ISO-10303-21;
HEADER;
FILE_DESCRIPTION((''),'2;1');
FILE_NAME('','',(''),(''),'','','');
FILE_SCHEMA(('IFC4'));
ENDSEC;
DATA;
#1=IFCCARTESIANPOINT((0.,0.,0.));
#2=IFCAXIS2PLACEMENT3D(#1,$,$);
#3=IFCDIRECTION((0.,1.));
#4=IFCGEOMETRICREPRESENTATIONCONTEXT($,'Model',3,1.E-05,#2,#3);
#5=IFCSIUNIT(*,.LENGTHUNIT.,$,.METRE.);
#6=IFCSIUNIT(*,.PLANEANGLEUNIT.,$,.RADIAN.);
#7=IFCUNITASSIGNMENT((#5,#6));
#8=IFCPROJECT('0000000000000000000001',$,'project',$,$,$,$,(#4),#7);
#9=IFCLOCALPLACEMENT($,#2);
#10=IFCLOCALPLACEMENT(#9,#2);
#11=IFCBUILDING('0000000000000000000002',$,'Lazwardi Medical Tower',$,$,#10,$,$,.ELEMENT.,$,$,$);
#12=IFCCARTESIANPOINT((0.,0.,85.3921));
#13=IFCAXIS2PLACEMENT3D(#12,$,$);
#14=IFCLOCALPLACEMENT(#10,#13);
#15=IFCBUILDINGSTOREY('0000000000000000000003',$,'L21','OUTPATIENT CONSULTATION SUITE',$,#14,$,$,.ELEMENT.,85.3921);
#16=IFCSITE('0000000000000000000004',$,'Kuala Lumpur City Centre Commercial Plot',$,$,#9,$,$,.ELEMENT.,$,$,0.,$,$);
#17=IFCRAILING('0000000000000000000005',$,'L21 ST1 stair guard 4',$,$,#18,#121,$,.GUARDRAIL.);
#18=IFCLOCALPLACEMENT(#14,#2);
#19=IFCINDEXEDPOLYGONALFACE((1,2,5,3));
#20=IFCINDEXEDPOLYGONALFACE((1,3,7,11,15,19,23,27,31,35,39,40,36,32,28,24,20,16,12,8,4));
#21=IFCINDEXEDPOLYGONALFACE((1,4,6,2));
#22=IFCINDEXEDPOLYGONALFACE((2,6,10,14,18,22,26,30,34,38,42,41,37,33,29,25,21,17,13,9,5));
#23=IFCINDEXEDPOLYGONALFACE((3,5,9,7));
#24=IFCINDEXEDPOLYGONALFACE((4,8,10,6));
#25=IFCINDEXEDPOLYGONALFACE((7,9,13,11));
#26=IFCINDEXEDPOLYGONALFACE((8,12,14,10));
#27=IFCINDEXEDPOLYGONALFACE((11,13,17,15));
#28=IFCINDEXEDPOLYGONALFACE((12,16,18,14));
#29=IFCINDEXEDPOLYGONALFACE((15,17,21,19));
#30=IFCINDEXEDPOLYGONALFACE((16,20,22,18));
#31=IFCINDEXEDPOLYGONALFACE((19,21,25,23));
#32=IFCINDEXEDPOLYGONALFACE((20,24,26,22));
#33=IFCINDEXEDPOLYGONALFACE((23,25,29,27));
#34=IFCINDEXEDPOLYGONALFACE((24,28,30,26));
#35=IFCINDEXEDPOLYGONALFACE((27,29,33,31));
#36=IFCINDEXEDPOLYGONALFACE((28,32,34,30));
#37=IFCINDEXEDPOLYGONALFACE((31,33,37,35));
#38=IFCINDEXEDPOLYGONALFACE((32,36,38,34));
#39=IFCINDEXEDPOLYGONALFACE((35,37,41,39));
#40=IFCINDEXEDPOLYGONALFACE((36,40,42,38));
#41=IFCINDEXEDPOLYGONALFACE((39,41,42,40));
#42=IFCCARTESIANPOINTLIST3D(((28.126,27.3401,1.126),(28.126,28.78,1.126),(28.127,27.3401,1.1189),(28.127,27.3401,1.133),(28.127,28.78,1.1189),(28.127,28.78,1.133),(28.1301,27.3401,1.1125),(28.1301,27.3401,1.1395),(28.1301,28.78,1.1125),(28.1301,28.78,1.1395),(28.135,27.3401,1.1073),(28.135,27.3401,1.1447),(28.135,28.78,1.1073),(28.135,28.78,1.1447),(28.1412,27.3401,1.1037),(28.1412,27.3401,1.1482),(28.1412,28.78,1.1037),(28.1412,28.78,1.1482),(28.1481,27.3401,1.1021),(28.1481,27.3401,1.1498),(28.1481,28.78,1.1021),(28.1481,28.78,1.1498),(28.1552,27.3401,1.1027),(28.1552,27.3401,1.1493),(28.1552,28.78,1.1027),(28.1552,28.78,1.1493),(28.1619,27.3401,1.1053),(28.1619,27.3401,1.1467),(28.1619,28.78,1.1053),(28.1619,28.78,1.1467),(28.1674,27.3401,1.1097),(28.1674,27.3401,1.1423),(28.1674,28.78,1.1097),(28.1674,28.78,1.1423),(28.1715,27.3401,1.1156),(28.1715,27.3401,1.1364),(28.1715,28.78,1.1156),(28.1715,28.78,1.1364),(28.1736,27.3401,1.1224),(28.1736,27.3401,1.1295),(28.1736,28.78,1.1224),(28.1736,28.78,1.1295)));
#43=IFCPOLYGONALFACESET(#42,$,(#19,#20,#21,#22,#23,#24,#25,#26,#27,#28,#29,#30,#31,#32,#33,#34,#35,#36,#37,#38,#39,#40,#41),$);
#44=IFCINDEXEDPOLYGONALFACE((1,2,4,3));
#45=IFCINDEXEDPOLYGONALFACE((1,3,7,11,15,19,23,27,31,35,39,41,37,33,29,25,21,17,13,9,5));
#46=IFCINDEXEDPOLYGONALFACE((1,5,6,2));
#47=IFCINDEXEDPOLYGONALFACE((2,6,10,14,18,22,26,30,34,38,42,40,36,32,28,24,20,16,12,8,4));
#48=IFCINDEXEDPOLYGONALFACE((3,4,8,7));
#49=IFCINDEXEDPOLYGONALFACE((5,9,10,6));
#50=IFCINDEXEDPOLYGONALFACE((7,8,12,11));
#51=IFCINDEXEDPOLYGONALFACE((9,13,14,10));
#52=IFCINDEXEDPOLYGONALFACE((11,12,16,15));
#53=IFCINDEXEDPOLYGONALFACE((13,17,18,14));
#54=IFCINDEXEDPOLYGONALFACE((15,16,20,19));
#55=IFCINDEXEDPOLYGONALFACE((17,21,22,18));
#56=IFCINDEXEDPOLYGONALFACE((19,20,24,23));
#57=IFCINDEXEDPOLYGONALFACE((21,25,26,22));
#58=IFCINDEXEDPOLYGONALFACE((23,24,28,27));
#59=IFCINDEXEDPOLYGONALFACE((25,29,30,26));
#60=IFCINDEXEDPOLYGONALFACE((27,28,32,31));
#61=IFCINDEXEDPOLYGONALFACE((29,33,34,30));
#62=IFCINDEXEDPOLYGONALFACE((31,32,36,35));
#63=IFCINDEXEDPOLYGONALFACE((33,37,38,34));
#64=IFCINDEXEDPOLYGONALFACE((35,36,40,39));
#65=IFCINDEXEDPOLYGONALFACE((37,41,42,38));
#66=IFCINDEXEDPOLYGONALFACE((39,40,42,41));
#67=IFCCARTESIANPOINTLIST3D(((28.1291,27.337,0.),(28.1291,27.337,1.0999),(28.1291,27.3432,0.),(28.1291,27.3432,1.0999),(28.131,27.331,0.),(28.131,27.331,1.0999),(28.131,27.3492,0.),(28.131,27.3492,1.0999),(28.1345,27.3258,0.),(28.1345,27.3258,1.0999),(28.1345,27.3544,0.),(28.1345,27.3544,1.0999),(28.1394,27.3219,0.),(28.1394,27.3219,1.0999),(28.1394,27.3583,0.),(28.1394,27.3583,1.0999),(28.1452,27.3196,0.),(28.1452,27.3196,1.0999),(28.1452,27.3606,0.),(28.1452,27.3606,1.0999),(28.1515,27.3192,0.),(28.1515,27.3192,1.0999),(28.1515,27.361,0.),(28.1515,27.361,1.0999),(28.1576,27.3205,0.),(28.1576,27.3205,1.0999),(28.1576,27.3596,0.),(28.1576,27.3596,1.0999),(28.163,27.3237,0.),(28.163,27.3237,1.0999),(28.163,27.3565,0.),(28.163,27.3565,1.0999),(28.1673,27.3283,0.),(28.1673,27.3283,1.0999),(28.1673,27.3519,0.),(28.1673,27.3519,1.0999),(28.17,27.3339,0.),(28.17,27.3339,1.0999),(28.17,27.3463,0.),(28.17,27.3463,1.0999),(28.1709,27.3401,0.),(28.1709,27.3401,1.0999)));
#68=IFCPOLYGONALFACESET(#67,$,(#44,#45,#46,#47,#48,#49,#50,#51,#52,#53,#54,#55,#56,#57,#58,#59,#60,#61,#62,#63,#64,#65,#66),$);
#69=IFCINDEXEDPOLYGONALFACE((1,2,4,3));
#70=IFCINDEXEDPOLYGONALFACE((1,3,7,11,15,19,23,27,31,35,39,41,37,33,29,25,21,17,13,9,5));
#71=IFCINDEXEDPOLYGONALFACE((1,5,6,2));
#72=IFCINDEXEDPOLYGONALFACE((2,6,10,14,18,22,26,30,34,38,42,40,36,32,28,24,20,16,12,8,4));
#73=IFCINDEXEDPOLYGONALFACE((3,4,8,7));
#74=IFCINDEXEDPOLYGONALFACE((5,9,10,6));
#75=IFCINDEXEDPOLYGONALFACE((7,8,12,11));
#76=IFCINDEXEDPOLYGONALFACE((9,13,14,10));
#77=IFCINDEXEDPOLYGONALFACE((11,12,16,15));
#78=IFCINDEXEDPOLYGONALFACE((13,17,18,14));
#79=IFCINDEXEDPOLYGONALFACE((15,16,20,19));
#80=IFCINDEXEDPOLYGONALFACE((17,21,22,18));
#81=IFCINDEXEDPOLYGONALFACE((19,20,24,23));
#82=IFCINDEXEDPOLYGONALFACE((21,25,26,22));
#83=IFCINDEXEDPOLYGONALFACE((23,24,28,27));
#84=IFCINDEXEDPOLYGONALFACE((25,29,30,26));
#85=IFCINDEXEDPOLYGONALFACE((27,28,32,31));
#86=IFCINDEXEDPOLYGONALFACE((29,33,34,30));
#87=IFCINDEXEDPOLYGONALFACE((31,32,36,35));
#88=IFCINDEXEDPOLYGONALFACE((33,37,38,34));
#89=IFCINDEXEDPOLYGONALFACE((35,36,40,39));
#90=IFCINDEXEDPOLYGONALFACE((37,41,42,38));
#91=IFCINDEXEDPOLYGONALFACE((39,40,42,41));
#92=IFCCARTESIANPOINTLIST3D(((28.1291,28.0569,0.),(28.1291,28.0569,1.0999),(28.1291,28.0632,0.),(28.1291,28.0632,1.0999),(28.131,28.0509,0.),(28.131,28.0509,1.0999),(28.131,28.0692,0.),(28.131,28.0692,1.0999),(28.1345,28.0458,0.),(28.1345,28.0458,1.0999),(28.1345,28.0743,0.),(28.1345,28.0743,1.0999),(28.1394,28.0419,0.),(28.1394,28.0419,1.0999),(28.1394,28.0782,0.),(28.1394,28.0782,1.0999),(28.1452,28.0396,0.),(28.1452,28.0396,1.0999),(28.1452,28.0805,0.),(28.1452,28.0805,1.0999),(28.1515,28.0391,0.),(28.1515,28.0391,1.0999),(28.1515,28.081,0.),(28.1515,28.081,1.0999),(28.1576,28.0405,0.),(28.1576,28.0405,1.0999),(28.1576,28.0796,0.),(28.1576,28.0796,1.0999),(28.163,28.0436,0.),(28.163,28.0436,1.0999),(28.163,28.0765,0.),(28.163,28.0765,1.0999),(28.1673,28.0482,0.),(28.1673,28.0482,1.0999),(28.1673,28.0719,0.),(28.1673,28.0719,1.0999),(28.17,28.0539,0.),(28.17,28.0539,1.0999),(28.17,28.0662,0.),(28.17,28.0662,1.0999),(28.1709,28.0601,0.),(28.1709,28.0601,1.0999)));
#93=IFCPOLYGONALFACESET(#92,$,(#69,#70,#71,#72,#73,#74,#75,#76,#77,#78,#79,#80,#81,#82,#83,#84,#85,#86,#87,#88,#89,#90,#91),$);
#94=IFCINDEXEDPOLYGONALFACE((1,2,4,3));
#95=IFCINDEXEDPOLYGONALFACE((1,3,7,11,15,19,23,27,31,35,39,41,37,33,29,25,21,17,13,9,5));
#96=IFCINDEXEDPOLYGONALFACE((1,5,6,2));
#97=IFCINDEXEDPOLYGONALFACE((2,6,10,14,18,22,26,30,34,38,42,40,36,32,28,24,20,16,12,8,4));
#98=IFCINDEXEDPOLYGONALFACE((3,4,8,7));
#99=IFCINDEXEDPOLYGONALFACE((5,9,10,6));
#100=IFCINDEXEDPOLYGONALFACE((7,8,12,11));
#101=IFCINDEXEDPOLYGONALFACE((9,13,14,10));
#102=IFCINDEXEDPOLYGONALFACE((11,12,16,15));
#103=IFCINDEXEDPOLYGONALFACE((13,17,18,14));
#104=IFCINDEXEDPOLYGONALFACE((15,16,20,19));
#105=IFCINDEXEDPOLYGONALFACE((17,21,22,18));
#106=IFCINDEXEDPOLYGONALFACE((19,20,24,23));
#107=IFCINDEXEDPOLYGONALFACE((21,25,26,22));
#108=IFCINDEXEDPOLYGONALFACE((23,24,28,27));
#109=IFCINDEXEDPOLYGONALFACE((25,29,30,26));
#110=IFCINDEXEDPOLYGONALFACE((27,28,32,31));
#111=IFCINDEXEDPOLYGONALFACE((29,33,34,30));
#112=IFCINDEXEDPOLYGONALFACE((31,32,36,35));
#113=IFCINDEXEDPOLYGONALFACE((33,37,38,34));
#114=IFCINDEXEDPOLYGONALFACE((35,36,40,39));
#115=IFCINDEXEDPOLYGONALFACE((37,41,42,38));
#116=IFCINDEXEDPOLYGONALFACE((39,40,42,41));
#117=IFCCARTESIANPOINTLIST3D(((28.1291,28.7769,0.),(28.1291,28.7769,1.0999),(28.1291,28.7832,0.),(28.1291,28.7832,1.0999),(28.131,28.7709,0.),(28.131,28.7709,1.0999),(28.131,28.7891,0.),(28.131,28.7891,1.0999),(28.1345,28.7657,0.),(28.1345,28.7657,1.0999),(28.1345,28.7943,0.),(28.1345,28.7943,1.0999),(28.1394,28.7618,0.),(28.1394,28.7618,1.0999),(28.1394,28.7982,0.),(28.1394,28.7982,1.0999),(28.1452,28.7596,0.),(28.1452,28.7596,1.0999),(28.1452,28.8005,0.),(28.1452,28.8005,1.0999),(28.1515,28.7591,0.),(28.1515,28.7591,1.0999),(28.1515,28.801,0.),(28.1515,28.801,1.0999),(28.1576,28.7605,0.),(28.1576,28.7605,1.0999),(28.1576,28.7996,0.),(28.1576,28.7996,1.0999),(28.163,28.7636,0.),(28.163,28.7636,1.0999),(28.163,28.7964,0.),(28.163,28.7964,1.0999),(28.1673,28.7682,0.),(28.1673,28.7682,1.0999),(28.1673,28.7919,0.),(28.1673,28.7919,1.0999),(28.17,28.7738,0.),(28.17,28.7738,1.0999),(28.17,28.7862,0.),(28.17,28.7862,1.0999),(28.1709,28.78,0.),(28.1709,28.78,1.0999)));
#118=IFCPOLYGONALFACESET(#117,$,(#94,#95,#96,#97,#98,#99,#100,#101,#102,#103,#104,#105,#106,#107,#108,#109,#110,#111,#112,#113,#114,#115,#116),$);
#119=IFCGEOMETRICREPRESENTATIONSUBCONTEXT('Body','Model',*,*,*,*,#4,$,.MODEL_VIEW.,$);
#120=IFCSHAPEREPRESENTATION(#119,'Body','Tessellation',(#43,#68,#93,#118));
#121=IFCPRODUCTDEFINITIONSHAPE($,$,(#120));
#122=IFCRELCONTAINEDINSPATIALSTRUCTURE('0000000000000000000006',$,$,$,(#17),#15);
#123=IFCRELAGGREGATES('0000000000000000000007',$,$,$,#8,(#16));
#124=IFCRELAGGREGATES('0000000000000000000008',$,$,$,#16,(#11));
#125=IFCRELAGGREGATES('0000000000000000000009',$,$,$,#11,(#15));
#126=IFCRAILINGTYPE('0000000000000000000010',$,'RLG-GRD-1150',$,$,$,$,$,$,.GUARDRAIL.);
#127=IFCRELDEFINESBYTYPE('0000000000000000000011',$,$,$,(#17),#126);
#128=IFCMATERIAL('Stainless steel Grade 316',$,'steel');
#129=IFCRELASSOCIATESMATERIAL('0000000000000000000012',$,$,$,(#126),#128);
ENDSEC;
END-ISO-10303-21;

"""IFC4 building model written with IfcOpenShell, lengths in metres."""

from ifc_helpers import new_model, si_unit, direction, frame, origin, origin_2d, place, context, subcontext, project, spatial, circle, extrude, material, type_object, element, save


model = new_model("IFC4")

# Units and contexts
model_context = context("Model", 3, precision=1e-05, world=origin(), true_north=direction((0.0, 1.0)))
body_context = subcontext(model_context, "Body", "Model", "MODEL_VIEW")
ifc_project = project(units=[si_unit("LENGTHUNIT", "METRE"), si_unit("PLANEANGLEUNIT", "RADIAN")], contexts=[model_context])

# Site, building, storey
site_placement = place(None, origin())
site = spatial("IfcSite", under=ifc_project, at=site_placement, Name="Kuala Lumpur City Centre Commercial Plot", CompositionType="ELEMENT", RefElevation=0.0)
building_placement = place(site_placement, origin())
building = spatial("IfcBuilding", under=site, at=building_placement, Name="Lazwardi Medical Tower", CompositionType="ELEMENT")
storey_placement = place(building_placement, frame((0.0, 0.0, 85.3921)))
storey = spatial("IfcBuildingStorey", under=building, at=storey_placement, Name="L21", Description="OUTPATIENT CONSULTATION SUITE", CompositionType="ELEMENT", Elevation=85.3921)

# Railing
ifc_material_1 = material(Name="Stainless steel Grade 316", Category="steel")
railing_type_1 = type_object("IfcRailingType", Name="RLG-GRD-1150", PredefinedType="GUARDRAIL", material=ifc_material_1)
railing_1_placement = place(storey_placement, frame((28.1499, 27.3401, 0.0)))
element("IfcRailing", 1, at=railing_1_placement, inside=storey, type_object=railing_type_1, Name="L21 ST1 stair guard 4", PredefinedType="GUARDRAIL", context=body_context, shape_type="SweptSolid", body=[
    extrude(circle(Radius=0.0239, at=origin_2d()), frame((0.0, 0.0, 1.126), z_axis=(0.0, 1.0, 0.0), x_axis=(-1.0, 0.0, 0.0)), (0.0, 0.0, 1.0), 1.4399),
    extrude(circle(Radius=0.021, at=origin_2d()), origin(), (0.0, 0.0, 1.0), 1.0999),
    extrude(circle(Radius=0.021, at=origin_2d()), frame((0.0, 0.72, 0.0)), (0.0, 0.0, 1.0), 1.0999),
    extrude(circle(Radius=0.021, at=origin_2d()), frame((0.0, 1.4399, 0.0)), (0.0, 0.0, 1.0), 1.0999),
])

save(model, "model.ifc")
